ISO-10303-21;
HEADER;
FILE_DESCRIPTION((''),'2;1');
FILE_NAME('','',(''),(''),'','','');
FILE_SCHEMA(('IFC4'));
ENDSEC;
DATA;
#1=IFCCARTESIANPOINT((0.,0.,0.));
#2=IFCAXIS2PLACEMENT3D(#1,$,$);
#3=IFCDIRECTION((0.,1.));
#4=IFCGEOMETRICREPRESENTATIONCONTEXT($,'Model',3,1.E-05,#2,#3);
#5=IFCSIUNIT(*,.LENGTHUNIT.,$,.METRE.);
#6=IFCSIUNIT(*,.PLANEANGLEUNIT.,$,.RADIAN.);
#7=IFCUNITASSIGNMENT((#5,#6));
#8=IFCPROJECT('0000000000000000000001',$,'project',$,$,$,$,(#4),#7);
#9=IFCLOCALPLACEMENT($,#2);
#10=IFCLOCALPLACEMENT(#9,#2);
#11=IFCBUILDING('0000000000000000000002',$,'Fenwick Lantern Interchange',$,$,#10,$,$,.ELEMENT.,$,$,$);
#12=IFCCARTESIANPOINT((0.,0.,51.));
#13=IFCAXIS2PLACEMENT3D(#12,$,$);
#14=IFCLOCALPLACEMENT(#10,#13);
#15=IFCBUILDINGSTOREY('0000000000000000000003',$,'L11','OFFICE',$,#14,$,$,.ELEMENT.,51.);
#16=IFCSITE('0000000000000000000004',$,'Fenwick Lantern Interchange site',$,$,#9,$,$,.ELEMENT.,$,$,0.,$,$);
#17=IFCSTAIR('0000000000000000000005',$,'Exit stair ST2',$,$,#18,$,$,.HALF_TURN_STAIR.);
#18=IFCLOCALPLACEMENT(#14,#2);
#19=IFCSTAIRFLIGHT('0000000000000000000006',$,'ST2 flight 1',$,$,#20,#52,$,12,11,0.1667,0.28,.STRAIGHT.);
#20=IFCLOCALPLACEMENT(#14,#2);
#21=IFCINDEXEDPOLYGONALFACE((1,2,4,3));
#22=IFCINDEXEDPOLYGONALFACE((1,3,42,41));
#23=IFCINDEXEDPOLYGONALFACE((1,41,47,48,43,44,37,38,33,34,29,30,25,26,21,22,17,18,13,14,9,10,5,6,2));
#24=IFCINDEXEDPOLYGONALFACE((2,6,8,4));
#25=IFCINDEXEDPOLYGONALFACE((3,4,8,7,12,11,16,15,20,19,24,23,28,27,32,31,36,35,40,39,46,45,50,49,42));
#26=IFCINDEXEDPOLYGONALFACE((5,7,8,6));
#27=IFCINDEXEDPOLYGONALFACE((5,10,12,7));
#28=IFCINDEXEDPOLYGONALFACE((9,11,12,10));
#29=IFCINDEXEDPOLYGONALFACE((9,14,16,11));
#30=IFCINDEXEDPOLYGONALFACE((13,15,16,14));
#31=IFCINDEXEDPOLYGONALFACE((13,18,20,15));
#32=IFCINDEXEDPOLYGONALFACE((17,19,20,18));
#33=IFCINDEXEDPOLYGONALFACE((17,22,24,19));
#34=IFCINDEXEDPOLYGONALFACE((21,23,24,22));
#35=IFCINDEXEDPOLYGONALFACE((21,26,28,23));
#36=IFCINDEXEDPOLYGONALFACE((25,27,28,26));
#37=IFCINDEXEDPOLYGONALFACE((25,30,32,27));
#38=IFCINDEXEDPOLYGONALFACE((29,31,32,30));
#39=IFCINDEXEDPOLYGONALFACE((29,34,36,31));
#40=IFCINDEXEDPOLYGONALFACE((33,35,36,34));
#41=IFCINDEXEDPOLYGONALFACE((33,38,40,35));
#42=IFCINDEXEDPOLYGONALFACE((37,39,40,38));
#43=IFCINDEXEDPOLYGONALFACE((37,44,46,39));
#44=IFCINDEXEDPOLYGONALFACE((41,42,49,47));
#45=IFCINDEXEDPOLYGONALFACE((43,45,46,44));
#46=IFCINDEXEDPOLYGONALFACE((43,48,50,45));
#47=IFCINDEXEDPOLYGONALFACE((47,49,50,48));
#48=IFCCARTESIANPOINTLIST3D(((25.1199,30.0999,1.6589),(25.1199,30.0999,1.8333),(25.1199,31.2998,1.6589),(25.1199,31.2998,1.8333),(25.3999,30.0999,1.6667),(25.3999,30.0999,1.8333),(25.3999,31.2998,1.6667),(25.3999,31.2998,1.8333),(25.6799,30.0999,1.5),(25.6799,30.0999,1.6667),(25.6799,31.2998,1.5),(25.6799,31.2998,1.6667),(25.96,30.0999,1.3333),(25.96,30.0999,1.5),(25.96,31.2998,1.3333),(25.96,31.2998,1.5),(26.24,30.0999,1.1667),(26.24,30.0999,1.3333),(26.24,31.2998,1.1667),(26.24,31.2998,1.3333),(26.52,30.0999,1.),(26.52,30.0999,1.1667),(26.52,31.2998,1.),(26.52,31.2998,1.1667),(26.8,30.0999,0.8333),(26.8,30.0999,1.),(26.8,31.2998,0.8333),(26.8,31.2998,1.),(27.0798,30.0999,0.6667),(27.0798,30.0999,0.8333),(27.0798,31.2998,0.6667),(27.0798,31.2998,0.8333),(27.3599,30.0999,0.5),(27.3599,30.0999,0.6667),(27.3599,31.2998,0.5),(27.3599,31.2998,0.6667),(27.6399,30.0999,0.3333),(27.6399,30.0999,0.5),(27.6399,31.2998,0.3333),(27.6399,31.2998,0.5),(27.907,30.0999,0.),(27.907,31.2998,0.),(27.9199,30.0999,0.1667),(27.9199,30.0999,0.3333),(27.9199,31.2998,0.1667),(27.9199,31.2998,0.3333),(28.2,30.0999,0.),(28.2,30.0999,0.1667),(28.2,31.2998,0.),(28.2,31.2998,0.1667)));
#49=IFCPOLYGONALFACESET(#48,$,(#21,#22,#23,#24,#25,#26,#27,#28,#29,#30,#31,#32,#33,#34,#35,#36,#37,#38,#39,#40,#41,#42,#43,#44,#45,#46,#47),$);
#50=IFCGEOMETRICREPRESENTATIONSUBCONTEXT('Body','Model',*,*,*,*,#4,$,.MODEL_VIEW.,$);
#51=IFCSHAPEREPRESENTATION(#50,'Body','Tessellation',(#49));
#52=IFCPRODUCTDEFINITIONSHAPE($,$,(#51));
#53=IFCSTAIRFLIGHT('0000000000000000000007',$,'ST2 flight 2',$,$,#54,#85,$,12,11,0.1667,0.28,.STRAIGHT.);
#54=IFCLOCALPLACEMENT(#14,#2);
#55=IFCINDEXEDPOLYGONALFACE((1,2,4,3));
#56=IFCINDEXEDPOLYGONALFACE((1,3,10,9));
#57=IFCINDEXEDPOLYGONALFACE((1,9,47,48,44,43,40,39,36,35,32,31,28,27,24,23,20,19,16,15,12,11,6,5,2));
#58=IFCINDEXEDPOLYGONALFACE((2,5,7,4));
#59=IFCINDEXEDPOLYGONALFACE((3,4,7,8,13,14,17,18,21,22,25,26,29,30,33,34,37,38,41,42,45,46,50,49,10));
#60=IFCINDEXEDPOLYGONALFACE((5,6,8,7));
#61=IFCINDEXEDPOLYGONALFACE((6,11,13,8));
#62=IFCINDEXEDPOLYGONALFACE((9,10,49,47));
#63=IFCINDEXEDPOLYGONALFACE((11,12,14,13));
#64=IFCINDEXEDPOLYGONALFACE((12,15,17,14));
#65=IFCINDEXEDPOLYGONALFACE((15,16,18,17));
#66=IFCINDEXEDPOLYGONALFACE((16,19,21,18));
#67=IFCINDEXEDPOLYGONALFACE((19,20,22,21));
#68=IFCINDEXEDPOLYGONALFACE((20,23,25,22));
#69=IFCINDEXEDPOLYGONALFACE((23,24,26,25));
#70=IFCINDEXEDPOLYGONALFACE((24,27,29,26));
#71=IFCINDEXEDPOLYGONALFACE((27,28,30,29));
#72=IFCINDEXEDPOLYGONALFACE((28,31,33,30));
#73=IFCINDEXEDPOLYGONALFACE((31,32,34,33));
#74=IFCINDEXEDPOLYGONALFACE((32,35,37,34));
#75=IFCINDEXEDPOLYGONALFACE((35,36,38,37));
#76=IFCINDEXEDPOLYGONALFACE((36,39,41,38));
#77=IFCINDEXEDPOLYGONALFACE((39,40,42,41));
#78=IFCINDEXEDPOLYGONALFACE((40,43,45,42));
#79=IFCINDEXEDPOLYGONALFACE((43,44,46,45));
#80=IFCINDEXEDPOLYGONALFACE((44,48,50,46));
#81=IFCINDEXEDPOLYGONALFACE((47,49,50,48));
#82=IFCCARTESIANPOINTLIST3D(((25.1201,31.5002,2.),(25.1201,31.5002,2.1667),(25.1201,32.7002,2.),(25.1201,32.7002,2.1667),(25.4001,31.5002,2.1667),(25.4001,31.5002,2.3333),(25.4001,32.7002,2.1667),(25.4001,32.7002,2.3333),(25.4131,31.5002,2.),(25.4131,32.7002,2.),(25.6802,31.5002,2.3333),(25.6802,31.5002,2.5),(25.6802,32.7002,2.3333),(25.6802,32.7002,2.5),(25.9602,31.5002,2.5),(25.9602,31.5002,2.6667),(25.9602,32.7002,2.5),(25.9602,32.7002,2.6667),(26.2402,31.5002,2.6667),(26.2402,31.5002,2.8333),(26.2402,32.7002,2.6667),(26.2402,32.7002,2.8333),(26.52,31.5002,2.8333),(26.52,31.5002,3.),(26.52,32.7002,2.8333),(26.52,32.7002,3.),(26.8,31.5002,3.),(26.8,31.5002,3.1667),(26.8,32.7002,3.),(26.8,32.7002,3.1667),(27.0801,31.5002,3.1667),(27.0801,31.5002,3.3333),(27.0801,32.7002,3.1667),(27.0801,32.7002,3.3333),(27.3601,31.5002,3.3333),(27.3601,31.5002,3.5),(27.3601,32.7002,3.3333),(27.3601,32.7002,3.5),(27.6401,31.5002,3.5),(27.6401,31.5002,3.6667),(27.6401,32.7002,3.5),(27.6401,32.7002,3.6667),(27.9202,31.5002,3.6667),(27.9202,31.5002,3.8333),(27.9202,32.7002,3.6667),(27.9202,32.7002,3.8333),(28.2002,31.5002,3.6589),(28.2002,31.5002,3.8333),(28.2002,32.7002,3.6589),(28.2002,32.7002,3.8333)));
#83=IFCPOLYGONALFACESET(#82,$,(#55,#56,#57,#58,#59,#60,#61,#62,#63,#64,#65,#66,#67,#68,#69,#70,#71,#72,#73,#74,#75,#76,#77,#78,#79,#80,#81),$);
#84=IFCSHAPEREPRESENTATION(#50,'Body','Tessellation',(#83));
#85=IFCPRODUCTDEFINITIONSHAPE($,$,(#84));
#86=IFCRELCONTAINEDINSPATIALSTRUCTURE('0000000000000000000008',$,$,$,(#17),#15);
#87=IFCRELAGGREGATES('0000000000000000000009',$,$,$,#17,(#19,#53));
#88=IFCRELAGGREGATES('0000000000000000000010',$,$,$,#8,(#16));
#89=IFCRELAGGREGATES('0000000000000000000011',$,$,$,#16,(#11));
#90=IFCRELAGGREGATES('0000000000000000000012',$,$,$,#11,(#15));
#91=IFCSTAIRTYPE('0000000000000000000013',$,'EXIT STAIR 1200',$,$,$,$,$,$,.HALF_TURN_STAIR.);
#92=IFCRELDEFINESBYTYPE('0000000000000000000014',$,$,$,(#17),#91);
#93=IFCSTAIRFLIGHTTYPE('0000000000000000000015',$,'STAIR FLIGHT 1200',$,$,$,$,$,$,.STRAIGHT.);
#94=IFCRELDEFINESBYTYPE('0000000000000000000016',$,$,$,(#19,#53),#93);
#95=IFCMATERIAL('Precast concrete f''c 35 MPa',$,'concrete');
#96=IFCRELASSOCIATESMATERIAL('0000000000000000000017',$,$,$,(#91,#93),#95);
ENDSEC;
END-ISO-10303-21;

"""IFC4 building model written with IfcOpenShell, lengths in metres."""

from ifc_helpers import new_model, si_unit, direction, frame, origin, place, context, subcontext, project, spatial, polyline, outline, extrude, material, type_object, element, aggregate, save


model = new_model("IFC4")

# Units and contexts
model_context = context("Model", 3, precision=1e-05, world=origin(), true_north=direction((0.0, 1.0)))
body_context = subcontext(model_context, "Body", "Model", "MODEL_VIEW")
ifc_project = project(units=[si_unit("LENGTHUNIT", "METRE"), si_unit("PLANEANGLEUNIT", "RADIAN")], contexts=[model_context])

# Site, building, storey
site_placement = place(None, origin())
site = spatial("IfcSite", under=ifc_project, at=site_placement, Name="Fenwick Lantern Interchange site", CompositionType="ELEMENT", RefElevation=0.0)
building_placement = place(site_placement, origin())
building = spatial("IfcBuilding", under=site, at=building_placement, Name="Fenwick Lantern Interchange", CompositionType="ELEMENT")
storey_placement = place(building_placement, frame((0.0, 0.0, 51.0)))
storey = spatial("IfcBuildingStorey", under=building, at=storey_placement, Name="L11", Description="OFFICE", CompositionType="ELEMENT", Elevation=51.0)

# Stair, stair flights
ifc_material_1 = material(Name="Precast concrete f'c 35 MPa", Category="concrete")
stair_type = type_object("IfcStairType", Name="EXIT STAIR 1200", PredefinedType="HALF_TURN_STAIR", material=ifc_material_1)
stair_placement = place(storey_placement, origin())
stair = element("IfcStair", 1, at=stair_placement, inside=storey, type_object=stair_type, Name="Exit stair ST2", PredefinedType="HALF_TURN_STAIR")
stair_flight_type = type_object("IfcStairFlightType", Name="STAIR FLIGHT 1200", PredefinedType="STRAIGHT", material=ifc_material_1)
stair_flight_1_placement = place(storey_placement, frame((28.2, 30.7, 0.0), z_axis=(0.0, 0.0, 1.0), x_axis=(-1.0, 0.0, 0.0)))
stair_flight_1 = element("IfcStairFlight", 2, at=stair_flight_1_placement, type_object=stair_flight_type, Name="ST2 flight 1", NumberOfRisers=12, NumberOfTreads=11, PredefinedType="STRAIGHT", RiserHeight=0.1667, TreadLength=0.28, context=body_context, shape_type="SweptSolid", body=[
    extrude(outline(polyline([(0.0, 0.0), (0.0, 0.1667), (0.28, 0.1667), (0.28, 0.3333), (0.5601, 0.3333), (0.5601, 0.5), (0.8401, 0.5), (0.8401, 0.6667), (1.1201, 0.6667), (1.1201, 0.8333), (1.3999, 0.8333), (1.3999, 1.0), (1.6799, 1.0), (1.6799, 1.1667), (1.96, 1.1667), (1.96, 1.3333), (2.24, 1.3333), (2.24, 1.5), (2.52, 1.5), (2.52, 1.6667), (2.8, 1.6667), (2.8, 1.8333), (3.0801, 1.8333), (3.0801, 2.0), (3.0801, 1.6589), (0.293, 0.0), (0.0, 0.0)])), frame((0.0, 0.6001, 0.0), z_axis=(0.0, -1.0, 0.0), x_axis=(1.0, 0.0, 0.0)), (0.0, 0.0, 1.0), 1.2),
])
stair_flight_2_placement = place(storey_placement, frame((25.1201, 32.1001, 2.0), z_axis=(0.0, 0.0, 1.0), x_axis=(1.0, 0.0, 0.0)))
stair_flight_2 = element("IfcStairFlight", 3, at=stair_flight_2_placement, type_object=stair_flight_type, Name="ST2 flight 2", NumberOfRisers=12, NumberOfTreads=11, PredefinedType="STRAIGHT", RiserHeight=0.1667, TreadLength=0.28, context=body_context, shape_type="SweptSolid", body=[
    extrude(outline(polyline([(0.0, 0.0), (0.0, 0.1667), (0.28, 0.1667), (0.28, 0.3333), (0.5601, 0.3333), (0.5601, 0.5), (0.8401, 0.5), (0.8401, 0.6667), (1.1201, 0.6667), (1.1201, 0.8333), (1.3999, 0.8333), (1.3999, 1.0), (1.6799, 1.0), (1.6799, 1.1667), (1.96, 1.1667), (1.96, 1.3333), (2.24, 1.3333), (2.24, 1.5), (2.52, 1.5), (2.52, 1.6667), (2.8, 1.6667), (2.8, 1.8333), (3.0801, 1.8333), (3.0801, 2.0), (3.0801, 1.6589), (0.293, 0.0), (0.0, 0.0)])), frame((0.0, 0.6001, 0.0), z_axis=(0.0, -1.0, 0.0), x_axis=(1.0, 0.0, 0.0)), (0.0, 0.0, 1.0), 1.2),
])
aggregate(stair, [stair_flight_1, stair_flight_2])

save(model, "model.ifc")
